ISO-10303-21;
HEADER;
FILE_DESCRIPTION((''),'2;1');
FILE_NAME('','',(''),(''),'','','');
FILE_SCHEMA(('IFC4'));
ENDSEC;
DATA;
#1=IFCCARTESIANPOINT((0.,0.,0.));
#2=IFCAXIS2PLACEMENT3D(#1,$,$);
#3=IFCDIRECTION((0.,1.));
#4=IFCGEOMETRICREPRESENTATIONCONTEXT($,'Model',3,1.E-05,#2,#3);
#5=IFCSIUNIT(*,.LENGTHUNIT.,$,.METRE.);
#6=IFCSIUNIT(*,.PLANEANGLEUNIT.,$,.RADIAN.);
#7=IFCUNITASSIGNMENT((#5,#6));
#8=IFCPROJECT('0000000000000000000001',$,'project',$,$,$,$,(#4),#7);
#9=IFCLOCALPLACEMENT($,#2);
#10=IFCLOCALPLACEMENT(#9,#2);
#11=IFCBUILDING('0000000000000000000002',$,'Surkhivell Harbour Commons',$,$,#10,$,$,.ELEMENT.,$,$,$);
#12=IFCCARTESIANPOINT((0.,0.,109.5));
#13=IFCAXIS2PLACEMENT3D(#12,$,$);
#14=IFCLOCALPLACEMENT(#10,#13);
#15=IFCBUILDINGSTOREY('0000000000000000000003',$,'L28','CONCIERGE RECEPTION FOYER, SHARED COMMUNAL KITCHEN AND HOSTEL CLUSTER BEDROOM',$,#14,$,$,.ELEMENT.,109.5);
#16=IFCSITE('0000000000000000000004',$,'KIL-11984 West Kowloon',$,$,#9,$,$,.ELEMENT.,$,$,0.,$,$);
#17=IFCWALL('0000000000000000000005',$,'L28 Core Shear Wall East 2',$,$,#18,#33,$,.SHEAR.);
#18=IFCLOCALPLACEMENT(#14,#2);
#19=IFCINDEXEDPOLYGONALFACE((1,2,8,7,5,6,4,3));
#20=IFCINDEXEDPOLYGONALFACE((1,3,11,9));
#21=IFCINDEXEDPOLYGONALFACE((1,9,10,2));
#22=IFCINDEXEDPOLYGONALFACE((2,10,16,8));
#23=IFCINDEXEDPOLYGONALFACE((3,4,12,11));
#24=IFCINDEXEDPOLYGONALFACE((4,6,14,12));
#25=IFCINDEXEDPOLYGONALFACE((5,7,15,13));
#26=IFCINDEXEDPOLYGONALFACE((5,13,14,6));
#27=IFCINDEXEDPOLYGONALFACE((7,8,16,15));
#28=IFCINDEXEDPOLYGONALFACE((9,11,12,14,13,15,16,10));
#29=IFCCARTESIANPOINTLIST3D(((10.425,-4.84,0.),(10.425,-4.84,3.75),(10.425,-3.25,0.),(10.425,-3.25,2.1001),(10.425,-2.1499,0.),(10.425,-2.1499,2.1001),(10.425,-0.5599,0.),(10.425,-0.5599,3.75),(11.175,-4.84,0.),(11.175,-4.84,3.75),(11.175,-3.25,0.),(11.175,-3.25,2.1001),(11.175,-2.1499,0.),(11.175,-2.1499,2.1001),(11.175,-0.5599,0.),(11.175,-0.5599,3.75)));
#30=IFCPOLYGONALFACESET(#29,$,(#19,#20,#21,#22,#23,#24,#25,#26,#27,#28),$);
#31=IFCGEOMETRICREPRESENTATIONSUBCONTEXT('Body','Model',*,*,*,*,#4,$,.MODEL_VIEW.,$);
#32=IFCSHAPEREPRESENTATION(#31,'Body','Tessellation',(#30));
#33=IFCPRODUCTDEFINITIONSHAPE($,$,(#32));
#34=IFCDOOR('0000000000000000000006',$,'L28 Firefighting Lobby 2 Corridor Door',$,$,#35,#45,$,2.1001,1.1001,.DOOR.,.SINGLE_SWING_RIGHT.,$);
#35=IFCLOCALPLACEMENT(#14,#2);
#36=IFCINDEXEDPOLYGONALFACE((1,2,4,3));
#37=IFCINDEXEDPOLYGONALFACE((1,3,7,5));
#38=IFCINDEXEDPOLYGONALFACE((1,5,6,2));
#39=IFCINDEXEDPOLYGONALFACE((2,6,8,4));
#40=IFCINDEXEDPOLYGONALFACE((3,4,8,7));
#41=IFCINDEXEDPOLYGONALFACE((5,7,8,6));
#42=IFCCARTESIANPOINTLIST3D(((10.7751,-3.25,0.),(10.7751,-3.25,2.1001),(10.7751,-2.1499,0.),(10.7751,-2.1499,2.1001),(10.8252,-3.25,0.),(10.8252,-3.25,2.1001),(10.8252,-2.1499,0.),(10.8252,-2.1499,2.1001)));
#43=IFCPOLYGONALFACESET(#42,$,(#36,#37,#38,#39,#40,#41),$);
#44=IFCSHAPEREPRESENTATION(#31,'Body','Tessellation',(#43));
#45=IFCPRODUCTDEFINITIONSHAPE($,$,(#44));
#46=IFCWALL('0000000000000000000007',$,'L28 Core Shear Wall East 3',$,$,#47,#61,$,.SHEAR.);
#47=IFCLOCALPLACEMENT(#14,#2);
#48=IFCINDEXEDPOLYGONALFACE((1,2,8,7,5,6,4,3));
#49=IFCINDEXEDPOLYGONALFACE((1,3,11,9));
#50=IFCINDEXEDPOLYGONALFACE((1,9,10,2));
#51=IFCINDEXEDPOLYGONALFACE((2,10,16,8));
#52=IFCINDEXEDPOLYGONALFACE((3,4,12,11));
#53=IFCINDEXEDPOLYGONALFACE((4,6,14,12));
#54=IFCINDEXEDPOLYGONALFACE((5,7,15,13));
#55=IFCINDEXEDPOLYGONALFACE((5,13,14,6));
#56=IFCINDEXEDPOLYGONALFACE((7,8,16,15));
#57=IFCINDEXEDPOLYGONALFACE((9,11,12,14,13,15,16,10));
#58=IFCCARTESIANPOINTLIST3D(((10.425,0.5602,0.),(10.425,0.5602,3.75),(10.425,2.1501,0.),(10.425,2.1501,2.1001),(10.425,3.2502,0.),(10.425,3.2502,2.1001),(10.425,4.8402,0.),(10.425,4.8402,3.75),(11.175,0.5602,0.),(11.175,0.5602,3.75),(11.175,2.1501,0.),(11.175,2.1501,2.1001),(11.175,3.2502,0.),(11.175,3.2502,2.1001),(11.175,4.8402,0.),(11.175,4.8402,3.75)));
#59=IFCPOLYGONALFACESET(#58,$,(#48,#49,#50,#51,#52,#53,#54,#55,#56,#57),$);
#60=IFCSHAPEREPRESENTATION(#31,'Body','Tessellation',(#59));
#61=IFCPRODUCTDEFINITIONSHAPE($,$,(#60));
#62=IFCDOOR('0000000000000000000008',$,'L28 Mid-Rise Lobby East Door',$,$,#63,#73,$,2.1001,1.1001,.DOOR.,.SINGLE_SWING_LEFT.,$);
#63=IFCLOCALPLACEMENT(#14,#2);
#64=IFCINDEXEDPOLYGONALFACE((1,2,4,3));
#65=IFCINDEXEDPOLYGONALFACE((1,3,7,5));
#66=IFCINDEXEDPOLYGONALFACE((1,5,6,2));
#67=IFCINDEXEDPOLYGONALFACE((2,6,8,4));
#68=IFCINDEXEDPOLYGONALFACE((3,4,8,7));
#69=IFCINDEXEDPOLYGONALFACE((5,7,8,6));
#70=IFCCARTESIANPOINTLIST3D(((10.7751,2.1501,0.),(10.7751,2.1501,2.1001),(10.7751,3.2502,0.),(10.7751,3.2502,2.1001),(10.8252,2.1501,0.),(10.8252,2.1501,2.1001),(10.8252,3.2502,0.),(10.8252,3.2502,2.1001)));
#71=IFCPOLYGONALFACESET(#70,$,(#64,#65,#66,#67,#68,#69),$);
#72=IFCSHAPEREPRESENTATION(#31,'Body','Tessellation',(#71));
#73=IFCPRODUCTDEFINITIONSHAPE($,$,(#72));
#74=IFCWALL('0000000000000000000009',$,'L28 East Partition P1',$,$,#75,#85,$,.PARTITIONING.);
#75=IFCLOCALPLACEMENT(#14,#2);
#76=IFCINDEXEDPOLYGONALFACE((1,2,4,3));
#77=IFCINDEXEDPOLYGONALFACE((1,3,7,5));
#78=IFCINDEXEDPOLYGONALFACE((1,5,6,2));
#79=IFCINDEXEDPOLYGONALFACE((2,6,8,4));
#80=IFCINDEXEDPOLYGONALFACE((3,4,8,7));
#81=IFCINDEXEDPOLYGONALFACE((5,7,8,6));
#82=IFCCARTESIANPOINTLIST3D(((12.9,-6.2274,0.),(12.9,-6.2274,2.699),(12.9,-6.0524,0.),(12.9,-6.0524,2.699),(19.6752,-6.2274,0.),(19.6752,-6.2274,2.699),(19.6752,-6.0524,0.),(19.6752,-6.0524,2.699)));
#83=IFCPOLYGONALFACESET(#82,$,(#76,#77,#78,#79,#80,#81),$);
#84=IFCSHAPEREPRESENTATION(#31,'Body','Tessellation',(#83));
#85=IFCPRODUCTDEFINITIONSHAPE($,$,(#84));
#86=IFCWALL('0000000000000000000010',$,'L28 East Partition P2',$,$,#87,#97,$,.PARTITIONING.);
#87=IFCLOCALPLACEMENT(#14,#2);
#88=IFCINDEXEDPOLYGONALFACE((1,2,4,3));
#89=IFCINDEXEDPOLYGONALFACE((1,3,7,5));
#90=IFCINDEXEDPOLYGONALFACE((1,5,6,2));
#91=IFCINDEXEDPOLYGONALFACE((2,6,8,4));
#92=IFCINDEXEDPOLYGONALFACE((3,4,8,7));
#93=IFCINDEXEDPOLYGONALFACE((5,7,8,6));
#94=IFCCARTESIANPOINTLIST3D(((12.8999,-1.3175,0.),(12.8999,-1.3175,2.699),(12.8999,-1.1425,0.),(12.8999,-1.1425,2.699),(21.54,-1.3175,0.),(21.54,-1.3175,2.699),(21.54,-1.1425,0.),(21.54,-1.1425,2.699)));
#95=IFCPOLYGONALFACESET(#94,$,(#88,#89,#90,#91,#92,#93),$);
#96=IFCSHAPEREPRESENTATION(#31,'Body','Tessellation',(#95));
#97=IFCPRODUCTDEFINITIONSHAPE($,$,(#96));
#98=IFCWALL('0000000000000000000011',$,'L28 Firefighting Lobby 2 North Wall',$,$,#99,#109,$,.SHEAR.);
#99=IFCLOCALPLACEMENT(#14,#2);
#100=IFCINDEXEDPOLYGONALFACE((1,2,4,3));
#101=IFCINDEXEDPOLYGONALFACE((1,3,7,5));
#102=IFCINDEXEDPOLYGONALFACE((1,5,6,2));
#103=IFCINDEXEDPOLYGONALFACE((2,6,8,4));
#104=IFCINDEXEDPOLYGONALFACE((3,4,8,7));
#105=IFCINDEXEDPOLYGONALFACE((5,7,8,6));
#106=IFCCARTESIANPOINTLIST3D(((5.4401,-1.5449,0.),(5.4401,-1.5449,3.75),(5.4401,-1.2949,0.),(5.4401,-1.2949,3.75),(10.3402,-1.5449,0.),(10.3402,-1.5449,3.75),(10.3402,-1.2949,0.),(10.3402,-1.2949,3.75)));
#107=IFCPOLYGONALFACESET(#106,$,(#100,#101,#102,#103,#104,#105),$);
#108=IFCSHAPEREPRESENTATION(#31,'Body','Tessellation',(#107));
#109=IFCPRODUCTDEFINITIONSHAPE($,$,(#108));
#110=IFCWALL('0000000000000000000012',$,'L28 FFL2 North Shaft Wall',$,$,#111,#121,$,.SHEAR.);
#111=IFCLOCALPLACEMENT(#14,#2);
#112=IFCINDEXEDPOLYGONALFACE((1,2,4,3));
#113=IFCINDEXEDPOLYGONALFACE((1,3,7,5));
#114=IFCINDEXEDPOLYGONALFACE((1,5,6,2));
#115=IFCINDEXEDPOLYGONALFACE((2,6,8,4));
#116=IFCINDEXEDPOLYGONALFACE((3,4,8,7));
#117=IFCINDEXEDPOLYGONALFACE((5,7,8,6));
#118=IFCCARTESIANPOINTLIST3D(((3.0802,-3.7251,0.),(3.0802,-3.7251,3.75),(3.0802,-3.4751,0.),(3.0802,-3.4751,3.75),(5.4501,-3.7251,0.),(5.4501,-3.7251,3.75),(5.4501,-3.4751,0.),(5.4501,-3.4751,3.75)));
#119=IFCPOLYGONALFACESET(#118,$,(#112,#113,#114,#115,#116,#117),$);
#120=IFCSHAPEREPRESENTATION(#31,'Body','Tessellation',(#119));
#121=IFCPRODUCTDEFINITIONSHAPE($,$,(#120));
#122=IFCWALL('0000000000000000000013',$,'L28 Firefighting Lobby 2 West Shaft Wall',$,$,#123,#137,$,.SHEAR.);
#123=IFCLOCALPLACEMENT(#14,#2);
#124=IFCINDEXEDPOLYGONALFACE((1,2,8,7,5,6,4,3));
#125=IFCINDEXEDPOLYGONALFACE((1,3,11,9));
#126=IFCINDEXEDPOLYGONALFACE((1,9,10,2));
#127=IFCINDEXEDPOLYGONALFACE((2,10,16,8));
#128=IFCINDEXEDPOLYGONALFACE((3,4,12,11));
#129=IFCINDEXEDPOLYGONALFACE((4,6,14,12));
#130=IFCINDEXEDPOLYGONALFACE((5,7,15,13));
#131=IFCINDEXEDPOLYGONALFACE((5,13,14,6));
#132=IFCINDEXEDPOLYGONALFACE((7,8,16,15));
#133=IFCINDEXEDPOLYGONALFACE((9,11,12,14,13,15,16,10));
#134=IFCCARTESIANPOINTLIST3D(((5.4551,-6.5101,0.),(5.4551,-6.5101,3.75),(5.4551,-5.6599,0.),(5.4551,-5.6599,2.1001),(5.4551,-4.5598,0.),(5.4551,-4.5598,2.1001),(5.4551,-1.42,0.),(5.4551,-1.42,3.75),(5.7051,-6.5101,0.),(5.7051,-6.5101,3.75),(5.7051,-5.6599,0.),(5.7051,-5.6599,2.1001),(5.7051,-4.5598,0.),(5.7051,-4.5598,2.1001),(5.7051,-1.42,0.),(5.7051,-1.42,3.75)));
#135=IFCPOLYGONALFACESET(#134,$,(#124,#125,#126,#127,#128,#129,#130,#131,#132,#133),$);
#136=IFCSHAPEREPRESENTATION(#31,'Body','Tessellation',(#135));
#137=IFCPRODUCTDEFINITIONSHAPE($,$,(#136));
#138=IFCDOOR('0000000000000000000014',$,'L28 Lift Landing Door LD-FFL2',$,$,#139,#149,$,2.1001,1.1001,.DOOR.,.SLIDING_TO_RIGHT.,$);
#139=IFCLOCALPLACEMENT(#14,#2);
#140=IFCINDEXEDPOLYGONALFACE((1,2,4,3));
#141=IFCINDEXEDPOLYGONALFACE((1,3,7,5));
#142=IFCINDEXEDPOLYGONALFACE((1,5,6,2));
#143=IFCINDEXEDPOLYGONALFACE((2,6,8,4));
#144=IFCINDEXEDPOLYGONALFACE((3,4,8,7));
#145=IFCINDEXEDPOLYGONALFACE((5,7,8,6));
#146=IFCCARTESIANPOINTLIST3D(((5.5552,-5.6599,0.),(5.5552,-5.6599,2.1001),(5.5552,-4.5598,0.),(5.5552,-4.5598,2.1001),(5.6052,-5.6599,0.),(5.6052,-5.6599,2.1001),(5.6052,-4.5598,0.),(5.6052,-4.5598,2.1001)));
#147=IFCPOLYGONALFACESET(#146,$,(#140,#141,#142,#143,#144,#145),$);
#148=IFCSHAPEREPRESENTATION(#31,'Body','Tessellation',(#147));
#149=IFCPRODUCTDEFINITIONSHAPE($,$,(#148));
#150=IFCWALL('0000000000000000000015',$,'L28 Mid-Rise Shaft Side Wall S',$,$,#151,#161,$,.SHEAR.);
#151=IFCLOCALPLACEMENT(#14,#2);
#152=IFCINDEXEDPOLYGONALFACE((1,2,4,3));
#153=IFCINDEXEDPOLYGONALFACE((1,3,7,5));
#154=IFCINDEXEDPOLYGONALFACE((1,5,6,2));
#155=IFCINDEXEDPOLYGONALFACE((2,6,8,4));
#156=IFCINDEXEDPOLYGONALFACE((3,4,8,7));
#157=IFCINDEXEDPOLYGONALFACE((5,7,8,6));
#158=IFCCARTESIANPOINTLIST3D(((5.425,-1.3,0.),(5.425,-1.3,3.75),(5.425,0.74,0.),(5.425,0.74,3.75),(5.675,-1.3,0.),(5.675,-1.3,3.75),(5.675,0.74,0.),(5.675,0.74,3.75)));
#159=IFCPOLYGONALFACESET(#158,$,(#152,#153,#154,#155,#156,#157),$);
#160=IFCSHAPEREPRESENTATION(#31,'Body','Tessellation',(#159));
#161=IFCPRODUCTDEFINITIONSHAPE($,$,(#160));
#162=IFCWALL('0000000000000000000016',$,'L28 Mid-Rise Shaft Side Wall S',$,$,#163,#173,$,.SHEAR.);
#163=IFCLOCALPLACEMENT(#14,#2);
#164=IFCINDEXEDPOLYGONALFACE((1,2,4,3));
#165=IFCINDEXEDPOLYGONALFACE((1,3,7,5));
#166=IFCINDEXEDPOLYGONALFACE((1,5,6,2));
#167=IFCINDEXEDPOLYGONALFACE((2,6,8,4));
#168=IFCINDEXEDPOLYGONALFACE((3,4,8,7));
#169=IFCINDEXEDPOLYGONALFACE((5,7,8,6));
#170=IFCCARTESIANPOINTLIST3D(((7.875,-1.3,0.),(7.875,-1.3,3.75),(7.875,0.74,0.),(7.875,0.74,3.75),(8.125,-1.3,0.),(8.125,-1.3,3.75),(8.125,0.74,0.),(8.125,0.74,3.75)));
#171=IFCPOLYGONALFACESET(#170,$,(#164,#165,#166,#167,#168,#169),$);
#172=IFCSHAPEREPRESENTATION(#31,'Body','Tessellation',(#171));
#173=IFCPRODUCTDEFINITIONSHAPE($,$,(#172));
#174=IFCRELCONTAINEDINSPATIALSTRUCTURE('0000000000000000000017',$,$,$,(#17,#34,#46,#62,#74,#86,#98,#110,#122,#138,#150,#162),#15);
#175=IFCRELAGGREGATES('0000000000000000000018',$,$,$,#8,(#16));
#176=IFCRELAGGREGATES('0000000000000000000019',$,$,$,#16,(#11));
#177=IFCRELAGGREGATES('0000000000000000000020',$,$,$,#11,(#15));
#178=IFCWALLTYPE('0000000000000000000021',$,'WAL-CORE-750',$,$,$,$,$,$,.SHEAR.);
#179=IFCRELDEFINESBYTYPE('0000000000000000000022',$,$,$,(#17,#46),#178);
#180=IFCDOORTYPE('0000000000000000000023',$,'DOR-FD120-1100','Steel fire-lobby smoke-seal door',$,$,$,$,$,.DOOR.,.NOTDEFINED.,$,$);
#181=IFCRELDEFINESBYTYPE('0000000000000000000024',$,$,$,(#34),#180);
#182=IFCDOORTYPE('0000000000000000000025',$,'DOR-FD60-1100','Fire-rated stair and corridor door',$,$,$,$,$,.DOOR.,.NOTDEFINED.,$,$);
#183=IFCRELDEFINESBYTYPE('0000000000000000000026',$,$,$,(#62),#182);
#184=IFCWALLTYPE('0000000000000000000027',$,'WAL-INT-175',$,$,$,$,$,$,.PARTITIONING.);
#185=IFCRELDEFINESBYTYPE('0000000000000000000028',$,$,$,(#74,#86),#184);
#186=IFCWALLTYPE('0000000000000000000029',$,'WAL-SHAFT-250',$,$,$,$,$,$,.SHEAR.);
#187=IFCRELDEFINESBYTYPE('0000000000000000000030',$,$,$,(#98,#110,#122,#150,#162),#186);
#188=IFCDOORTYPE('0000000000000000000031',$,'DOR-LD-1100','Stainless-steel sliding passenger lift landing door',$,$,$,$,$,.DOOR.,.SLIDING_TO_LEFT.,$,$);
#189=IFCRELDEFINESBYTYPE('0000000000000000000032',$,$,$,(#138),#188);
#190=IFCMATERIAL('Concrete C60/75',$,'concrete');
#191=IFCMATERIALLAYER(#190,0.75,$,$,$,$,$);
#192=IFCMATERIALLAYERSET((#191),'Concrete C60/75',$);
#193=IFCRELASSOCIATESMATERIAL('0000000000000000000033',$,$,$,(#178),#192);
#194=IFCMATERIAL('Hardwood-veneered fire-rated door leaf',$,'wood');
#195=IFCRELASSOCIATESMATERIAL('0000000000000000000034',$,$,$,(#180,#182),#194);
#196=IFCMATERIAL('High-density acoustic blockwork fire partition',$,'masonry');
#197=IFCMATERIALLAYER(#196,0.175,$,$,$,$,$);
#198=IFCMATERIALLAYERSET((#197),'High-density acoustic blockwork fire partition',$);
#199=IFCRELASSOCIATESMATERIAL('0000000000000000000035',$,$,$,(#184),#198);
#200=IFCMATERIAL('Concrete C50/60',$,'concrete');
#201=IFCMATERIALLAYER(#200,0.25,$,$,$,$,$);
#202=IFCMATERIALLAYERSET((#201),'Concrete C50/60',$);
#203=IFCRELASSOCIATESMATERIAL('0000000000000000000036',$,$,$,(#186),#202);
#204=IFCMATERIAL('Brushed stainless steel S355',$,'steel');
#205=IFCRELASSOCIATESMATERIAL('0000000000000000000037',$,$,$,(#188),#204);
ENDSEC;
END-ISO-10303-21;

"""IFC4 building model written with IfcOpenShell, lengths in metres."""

from ifc_helpers import new_model, si_unit, direction, frame, frame_2d, origin, place, context, subcontext, project, spatial, rectangle, extrude, material, layer, layer_set, type_object, element, fill, save


model = new_model("IFC4")

# Units and contexts
model_context = context("Model", 3, precision=1e-05, world=origin(), true_north=direction((0.0, 1.0)))
body_context = subcontext(model_context, "Body", "Model", "MODEL_VIEW")
ifc_project = project(units=[si_unit("LENGTHUNIT", "METRE"), si_unit("PLANEANGLEUNIT", "RADIAN")], contexts=[model_context])

# Site, building, storey
site_placement = place(None, origin())
site = spatial("IfcSite", under=ifc_project, at=site_placement, Name="KIL-11984 West Kowloon", CompositionType="ELEMENT", RefElevation=0.0)
building_placement = place(site_placement, origin())
building = spatial("IfcBuilding", under=site, at=building_placement, Name="Surkhivell Harbour Commons", CompositionType="ELEMENT")
storey_placement = place(building_placement, frame((0.0, 0.0, 109.5)))
storey = spatial("IfcBuildingStorey", under=building, at=storey_placement, Name="L28", Description="CONCIERGE RECEPTION FOYER, SHARED COMMUNAL KITCHEN AND HOSTEL CLUSTER BEDROOM", CompositionType="ELEMENT", Elevation=109.5)

# Shared definitions
ifc_material_1 = material(Name="Concrete C60/75", Category="concrete")

# Walls, openings, doors
ifc_layer_1 = layer(ifc_material_1, 0.75)
ifc_layer_set_1 = layer_set([ifc_layer_1], Name="Concrete C60/75")
wall_type_1 = type_object("IfcWallType", Name="WAL-CORE-750", PredefinedType="SHEAR", material=ifc_layer_set_1)
wall_1_placement = place(storey_placement, frame((10.8, -4.8401, 0.0), z_axis=(0.0, 0.0, 1.0), x_axis=(0.0, 1.0, 0.0)))
wall_1 = element("IfcWall", 1, at=wall_1_placement, inside=storey, type_object=wall_type_1, Name="L28 Core Shear Wall East 2", PredefinedType="SHEAR", context=body_context, shape_type="SweptSolid", body=[
    extrude(rectangle(XDim=4.28, YDim=0.75, at=frame_2d((2.1401, 0.0))), origin(), (0.0, 0.0, 1.0), 3.75),
])
opening_1_placement = place(wall_1_placement, frame((1.5901, 0.0, 0.0)))
opening_1 = element("IfcOpeningElement", 2, at=opening_1_placement, cuts=wall_1, PredefinedType="OPENING", context=body_context, shape_type="SweptSolid", body=[
    extrude(rectangle(XDim=1.1001, YDim=2.1001, at=frame_2d((0.55, 1.05))), frame((0.0, 0.385, 0.0), z_axis=(0.0, -1.0, 0.0), x_axis=(1.0, 0.0, 0.0)), (0.0, 0.0, 1.0), 0.77),
])
ifc_material_2 = material(Name="Hardwood-veneered fire-rated door leaf", Category="wood")
door_type_1 = type_object("IfcDoorType", Name="DOR-FD120-1100", Description="Steel fire-lobby smoke-seal door", OperationType="NOTDEFINED", PredefinedType="DOOR", material=ifc_material_2)
door_1_placement = place(opening_1_placement, origin())
door_1 = element("IfcDoor", 3, at=door_1_placement, inside=storey, type_object=door_type_1, Name="L28 Firefighting Lobby 2 Corridor Door", OperationType="SINGLE_SWING_RIGHT", OverallHeight=2.1001, OverallWidth=1.1001, PredefinedType="DOOR", context=body_context, shape_type="SweptSolid", body=[
    extrude(rectangle(XDim=1.1001, YDim=2.1001, at=frame_2d((0.55, 1.05))), frame((0.0, 0.0249, 0.0), z_axis=(0.0, -1.0, 0.0), x_axis=(1.0, 0.0, 0.0)), (0.0, 0.0, 1.0), 0.05),
])
fill(opening_1, door_1)
wall_2_placement = place(storey_placement, frame((10.8, 0.5601, 0.0), z_axis=(0.0, 0.0, 1.0), x_axis=(0.0, 1.0, 0.0)))
wall_2 = element("IfcWall", 4, at=wall_2_placement, inside=storey, type_object=wall_type_1, Name="L28 Core Shear Wall East 3", PredefinedType="SHEAR", context=body_context, shape_type="SweptSolid", body=[
    extrude(rectangle(XDim=4.28, YDim=0.75, at=frame_2d((2.1401, 0.0))), origin(), (0.0, 0.0, 1.0), 3.75),
])
opening_2_placement = place(wall_2_placement, frame((1.5901, 0.0, 0.0)))
opening_2 = element("IfcOpeningElement", 5, at=opening_2_placement, cuts=wall_2, PredefinedType="OPENING", context=body_context, shape_type="SweptSolid", body=[
    extrude(rectangle(XDim=1.1001, YDim=2.1001, at=frame_2d((0.55, 1.05))), frame((0.0, 0.385, 0.0), z_axis=(0.0, -1.0, 0.0), x_axis=(1.0, 0.0, 0.0)), (0.0, 0.0, 1.0), 0.77),
])
door_type_2 = type_object("IfcDoorType", Name="DOR-FD60-1100", Description="Fire-rated stair and corridor door", OperationType="NOTDEFINED", PredefinedType="DOOR", material=ifc_material_2)
door_2_placement = place(opening_2_placement, origin())
door_2 = element("IfcDoor", 6, at=door_2_placement, inside=storey, type_object=door_type_2, Name="L28 Mid-Rise Lobby East Door", OperationType="SINGLE_SWING_LEFT", OverallHeight=2.1001, OverallWidth=1.1001, PredefinedType="DOOR", context=body_context, shape_type="SweptSolid", body=[
    extrude(rectangle(XDim=1.1001, YDim=2.1001, at=frame_2d((0.55, 1.05))), frame((0.0, 0.0249, 0.0), z_axis=(0.0, -1.0, 0.0), x_axis=(1.0, 0.0, 0.0)), (0.0, 0.0, 1.0), 0.05),
])
fill(opening_2, door_2)

# Walls
ifc_material_3 = material(Name="High-density acoustic blockwork fire partition", Category="masonry")
ifc_layer_2 = layer(ifc_material_3, 0.175)
ifc_layer_set_2 = layer_set([ifc_layer_2], Name="High-density acoustic blockwork fire partition")
wall_type_2 = type_object("IfcWallType", Name="WAL-INT-175", PredefinedType="PARTITIONING", material=ifc_layer_set_2)
wall_3_placement = place(storey_placement, frame((12.8999, -6.1399, 0.0), z_axis=(0.0, 0.0, 1.0), x_axis=(1.0, 0.0, 0.0)))
element("IfcWall", 7, at=wall_3_placement, inside=storey, type_object=wall_type_2, Name="L28 East Partition P1", PredefinedType="PARTITIONING", context=body_context, shape_type="SweptSolid", body=[
    extrude(rectangle(XDim=6.7751, YDim=0.175, at=frame_2d((3.3877, 0.0))), origin(), (0.0, 0.0, 1.0), 2.699),
])
wall_4_placement = place(storey_placement, frame((12.8999, -1.23, 0.0), z_axis=(0.0, 0.0, 1.0), x_axis=(1.0, 0.0, 0.0)))
element("IfcWall", 8, at=wall_4_placement, inside=storey, type_object=wall_type_2, Name="L28 East Partition P2", PredefinedType="PARTITIONING", context=body_context, shape_type="SweptSolid", body=[
    extrude(rectangle(XDim=8.6401, YDim=0.175, at=frame_2d((4.3201, 0.0))), origin(), (0.0, 0.0, 1.0), 2.699),
])
ifc_material_4 = material(Name="Concrete C50/60", Category="concrete")
ifc_layer_3 = layer(ifc_material_4, 0.25)
ifc_layer_set_3 = layer_set([ifc_layer_3], Name="Concrete C50/60")
wall_type_3 = type_object("IfcWallType", Name="WAL-SHAFT-250", PredefinedType="SHEAR", material=ifc_layer_set_3)
wall_5_placement = place(storey_placement, frame((5.4399, -1.4199, 0.0), z_axis=(0.0, 0.0, 1.0), x_axis=(1.0, 0.0, 0.0)))
element("IfcWall", 9, at=wall_5_placement, inside=storey, type_object=wall_type_3, Name="L28 Firefighting Lobby 2 North Wall", PredefinedType="SHEAR", context=body_context, shape_type="SweptSolid", body=[
    extrude(rectangle(XDim=4.9001, YDim=0.25, at=frame_2d((2.4502, 0.0))), origin(), (0.0, 0.0, 1.0), 3.75),
])
wall_6_placement = place(storey_placement, frame((3.0801, -3.6001, 0.0), z_axis=(0.0, 0.0, 1.0), x_axis=(1.0, 0.0, 0.0)))
element("IfcWall", 10, at=wall_6_placement, inside=storey, type_object=wall_type_3, Name="L28 FFL2 North Shaft Wall", PredefinedType="SHEAR", context=body_context, shape_type="SweptSolid", body=[
    extrude(rectangle(XDim=2.3699, YDim=0.25, at=frame_2d((1.1851, 0.0))), origin(), (0.0, 0.0, 1.0), 3.75),
])

# Wall, opening, door
wall_7_placement = place(storey_placement, frame((5.5801, -6.51, 0.0), z_axis=(0.0, 0.0, 1.0), x_axis=(0.0, 1.0, 0.0)))
wall_7 = element("IfcWall", 11, at=wall_7_placement, inside=storey, type_object=wall_type_3, Name="L28 Firefighting Lobby 2 West Shaft Wall", PredefinedType="SHEAR", context=body_context, shape_type="SweptSolid", body=[
    extrude(rectangle(XDim=5.0901, YDim=0.25, at=frame_2d((2.5449, 0.0))), origin(), (0.0, 0.0, 1.0), 3.75),
])
opening_3_placement = place(wall_7_placement, frame((0.8501, 0.0, 0.0)))
opening_3 = element("IfcOpeningElement", 12, at=opening_3_placement, cuts=wall_7, PredefinedType="OPENING", context=body_context, shape_type="SweptSolid", body=[
    extrude(rectangle(XDim=1.1001, YDim=2.1001, at=frame_2d((0.55, 1.05))), frame((0.0, 0.135, 0.0), z_axis=(0.0, -1.0, 0.0), x_axis=(1.0, 0.0, 0.0)), (0.0, 0.0, 1.0), 0.27),
])
ifc_material_5 = material(Name="Brushed stainless steel S355", Category="steel")
door_type_3 = type_object("IfcDoorType", Name="DOR-LD-1100", Description="Stainless-steel sliding passenger lift landing door", OperationType="SLIDING_TO_LEFT", PredefinedType="DOOR", material=ifc_material_5)
door_3_placement = place(opening_3_placement, origin())
door_3 = element("IfcDoor", 13, at=door_3_placement, inside=storey, type_object=door_type_3, Name="L28 Lift Landing Door LD-FFL2", OperationType="SLIDING_TO_RIGHT", OverallHeight=2.1001, OverallWidth=1.1001, PredefinedType="DOOR", context=body_context, shape_type="SweptSolid", body=[
    extrude(rectangle(XDim=1.1001, YDim=2.1001, at=frame_2d((0.55, 1.05))), frame((0.0, 0.0249, 0.0), z_axis=(0.0, -1.0, 0.0), x_axis=(1.0, 0.0, 0.0)), (0.0, 0.0, 1.0), 0.05),
])
fill(opening_3, door_3)

# Walls
for number, where, z_axis, x_axis, name in (
    (14, (5.55, -1.3, 0.0), (0.0, 0.0, 1.0), (0.0, 1.0, 0.0), "L28 Mid-Rise Shaft Side Wall S"),
    (15, (8.0, -1.3, 0.0), (0.0, 0.0, 1.0), (0.0, 1.0, 0.0), "L28 Mid-Rise Shaft Side Wall S"),
):
    element("IfcWall", number, at=place(storey_placement, frame(where, z_axis=z_axis, x_axis=x_axis)), inside=storey, type_object=wall_type_3, Name=name, PredefinedType="SHEAR", context=body_context, shape_type="SweptSolid", body=[
        extrude(rectangle(XDim=2.04, YDim=0.25, at=frame_2d((1.02, 0.0))), origin(), (0.0, 0.0, 1.0), 3.75),
    ])

save(model, "model.ifc")
